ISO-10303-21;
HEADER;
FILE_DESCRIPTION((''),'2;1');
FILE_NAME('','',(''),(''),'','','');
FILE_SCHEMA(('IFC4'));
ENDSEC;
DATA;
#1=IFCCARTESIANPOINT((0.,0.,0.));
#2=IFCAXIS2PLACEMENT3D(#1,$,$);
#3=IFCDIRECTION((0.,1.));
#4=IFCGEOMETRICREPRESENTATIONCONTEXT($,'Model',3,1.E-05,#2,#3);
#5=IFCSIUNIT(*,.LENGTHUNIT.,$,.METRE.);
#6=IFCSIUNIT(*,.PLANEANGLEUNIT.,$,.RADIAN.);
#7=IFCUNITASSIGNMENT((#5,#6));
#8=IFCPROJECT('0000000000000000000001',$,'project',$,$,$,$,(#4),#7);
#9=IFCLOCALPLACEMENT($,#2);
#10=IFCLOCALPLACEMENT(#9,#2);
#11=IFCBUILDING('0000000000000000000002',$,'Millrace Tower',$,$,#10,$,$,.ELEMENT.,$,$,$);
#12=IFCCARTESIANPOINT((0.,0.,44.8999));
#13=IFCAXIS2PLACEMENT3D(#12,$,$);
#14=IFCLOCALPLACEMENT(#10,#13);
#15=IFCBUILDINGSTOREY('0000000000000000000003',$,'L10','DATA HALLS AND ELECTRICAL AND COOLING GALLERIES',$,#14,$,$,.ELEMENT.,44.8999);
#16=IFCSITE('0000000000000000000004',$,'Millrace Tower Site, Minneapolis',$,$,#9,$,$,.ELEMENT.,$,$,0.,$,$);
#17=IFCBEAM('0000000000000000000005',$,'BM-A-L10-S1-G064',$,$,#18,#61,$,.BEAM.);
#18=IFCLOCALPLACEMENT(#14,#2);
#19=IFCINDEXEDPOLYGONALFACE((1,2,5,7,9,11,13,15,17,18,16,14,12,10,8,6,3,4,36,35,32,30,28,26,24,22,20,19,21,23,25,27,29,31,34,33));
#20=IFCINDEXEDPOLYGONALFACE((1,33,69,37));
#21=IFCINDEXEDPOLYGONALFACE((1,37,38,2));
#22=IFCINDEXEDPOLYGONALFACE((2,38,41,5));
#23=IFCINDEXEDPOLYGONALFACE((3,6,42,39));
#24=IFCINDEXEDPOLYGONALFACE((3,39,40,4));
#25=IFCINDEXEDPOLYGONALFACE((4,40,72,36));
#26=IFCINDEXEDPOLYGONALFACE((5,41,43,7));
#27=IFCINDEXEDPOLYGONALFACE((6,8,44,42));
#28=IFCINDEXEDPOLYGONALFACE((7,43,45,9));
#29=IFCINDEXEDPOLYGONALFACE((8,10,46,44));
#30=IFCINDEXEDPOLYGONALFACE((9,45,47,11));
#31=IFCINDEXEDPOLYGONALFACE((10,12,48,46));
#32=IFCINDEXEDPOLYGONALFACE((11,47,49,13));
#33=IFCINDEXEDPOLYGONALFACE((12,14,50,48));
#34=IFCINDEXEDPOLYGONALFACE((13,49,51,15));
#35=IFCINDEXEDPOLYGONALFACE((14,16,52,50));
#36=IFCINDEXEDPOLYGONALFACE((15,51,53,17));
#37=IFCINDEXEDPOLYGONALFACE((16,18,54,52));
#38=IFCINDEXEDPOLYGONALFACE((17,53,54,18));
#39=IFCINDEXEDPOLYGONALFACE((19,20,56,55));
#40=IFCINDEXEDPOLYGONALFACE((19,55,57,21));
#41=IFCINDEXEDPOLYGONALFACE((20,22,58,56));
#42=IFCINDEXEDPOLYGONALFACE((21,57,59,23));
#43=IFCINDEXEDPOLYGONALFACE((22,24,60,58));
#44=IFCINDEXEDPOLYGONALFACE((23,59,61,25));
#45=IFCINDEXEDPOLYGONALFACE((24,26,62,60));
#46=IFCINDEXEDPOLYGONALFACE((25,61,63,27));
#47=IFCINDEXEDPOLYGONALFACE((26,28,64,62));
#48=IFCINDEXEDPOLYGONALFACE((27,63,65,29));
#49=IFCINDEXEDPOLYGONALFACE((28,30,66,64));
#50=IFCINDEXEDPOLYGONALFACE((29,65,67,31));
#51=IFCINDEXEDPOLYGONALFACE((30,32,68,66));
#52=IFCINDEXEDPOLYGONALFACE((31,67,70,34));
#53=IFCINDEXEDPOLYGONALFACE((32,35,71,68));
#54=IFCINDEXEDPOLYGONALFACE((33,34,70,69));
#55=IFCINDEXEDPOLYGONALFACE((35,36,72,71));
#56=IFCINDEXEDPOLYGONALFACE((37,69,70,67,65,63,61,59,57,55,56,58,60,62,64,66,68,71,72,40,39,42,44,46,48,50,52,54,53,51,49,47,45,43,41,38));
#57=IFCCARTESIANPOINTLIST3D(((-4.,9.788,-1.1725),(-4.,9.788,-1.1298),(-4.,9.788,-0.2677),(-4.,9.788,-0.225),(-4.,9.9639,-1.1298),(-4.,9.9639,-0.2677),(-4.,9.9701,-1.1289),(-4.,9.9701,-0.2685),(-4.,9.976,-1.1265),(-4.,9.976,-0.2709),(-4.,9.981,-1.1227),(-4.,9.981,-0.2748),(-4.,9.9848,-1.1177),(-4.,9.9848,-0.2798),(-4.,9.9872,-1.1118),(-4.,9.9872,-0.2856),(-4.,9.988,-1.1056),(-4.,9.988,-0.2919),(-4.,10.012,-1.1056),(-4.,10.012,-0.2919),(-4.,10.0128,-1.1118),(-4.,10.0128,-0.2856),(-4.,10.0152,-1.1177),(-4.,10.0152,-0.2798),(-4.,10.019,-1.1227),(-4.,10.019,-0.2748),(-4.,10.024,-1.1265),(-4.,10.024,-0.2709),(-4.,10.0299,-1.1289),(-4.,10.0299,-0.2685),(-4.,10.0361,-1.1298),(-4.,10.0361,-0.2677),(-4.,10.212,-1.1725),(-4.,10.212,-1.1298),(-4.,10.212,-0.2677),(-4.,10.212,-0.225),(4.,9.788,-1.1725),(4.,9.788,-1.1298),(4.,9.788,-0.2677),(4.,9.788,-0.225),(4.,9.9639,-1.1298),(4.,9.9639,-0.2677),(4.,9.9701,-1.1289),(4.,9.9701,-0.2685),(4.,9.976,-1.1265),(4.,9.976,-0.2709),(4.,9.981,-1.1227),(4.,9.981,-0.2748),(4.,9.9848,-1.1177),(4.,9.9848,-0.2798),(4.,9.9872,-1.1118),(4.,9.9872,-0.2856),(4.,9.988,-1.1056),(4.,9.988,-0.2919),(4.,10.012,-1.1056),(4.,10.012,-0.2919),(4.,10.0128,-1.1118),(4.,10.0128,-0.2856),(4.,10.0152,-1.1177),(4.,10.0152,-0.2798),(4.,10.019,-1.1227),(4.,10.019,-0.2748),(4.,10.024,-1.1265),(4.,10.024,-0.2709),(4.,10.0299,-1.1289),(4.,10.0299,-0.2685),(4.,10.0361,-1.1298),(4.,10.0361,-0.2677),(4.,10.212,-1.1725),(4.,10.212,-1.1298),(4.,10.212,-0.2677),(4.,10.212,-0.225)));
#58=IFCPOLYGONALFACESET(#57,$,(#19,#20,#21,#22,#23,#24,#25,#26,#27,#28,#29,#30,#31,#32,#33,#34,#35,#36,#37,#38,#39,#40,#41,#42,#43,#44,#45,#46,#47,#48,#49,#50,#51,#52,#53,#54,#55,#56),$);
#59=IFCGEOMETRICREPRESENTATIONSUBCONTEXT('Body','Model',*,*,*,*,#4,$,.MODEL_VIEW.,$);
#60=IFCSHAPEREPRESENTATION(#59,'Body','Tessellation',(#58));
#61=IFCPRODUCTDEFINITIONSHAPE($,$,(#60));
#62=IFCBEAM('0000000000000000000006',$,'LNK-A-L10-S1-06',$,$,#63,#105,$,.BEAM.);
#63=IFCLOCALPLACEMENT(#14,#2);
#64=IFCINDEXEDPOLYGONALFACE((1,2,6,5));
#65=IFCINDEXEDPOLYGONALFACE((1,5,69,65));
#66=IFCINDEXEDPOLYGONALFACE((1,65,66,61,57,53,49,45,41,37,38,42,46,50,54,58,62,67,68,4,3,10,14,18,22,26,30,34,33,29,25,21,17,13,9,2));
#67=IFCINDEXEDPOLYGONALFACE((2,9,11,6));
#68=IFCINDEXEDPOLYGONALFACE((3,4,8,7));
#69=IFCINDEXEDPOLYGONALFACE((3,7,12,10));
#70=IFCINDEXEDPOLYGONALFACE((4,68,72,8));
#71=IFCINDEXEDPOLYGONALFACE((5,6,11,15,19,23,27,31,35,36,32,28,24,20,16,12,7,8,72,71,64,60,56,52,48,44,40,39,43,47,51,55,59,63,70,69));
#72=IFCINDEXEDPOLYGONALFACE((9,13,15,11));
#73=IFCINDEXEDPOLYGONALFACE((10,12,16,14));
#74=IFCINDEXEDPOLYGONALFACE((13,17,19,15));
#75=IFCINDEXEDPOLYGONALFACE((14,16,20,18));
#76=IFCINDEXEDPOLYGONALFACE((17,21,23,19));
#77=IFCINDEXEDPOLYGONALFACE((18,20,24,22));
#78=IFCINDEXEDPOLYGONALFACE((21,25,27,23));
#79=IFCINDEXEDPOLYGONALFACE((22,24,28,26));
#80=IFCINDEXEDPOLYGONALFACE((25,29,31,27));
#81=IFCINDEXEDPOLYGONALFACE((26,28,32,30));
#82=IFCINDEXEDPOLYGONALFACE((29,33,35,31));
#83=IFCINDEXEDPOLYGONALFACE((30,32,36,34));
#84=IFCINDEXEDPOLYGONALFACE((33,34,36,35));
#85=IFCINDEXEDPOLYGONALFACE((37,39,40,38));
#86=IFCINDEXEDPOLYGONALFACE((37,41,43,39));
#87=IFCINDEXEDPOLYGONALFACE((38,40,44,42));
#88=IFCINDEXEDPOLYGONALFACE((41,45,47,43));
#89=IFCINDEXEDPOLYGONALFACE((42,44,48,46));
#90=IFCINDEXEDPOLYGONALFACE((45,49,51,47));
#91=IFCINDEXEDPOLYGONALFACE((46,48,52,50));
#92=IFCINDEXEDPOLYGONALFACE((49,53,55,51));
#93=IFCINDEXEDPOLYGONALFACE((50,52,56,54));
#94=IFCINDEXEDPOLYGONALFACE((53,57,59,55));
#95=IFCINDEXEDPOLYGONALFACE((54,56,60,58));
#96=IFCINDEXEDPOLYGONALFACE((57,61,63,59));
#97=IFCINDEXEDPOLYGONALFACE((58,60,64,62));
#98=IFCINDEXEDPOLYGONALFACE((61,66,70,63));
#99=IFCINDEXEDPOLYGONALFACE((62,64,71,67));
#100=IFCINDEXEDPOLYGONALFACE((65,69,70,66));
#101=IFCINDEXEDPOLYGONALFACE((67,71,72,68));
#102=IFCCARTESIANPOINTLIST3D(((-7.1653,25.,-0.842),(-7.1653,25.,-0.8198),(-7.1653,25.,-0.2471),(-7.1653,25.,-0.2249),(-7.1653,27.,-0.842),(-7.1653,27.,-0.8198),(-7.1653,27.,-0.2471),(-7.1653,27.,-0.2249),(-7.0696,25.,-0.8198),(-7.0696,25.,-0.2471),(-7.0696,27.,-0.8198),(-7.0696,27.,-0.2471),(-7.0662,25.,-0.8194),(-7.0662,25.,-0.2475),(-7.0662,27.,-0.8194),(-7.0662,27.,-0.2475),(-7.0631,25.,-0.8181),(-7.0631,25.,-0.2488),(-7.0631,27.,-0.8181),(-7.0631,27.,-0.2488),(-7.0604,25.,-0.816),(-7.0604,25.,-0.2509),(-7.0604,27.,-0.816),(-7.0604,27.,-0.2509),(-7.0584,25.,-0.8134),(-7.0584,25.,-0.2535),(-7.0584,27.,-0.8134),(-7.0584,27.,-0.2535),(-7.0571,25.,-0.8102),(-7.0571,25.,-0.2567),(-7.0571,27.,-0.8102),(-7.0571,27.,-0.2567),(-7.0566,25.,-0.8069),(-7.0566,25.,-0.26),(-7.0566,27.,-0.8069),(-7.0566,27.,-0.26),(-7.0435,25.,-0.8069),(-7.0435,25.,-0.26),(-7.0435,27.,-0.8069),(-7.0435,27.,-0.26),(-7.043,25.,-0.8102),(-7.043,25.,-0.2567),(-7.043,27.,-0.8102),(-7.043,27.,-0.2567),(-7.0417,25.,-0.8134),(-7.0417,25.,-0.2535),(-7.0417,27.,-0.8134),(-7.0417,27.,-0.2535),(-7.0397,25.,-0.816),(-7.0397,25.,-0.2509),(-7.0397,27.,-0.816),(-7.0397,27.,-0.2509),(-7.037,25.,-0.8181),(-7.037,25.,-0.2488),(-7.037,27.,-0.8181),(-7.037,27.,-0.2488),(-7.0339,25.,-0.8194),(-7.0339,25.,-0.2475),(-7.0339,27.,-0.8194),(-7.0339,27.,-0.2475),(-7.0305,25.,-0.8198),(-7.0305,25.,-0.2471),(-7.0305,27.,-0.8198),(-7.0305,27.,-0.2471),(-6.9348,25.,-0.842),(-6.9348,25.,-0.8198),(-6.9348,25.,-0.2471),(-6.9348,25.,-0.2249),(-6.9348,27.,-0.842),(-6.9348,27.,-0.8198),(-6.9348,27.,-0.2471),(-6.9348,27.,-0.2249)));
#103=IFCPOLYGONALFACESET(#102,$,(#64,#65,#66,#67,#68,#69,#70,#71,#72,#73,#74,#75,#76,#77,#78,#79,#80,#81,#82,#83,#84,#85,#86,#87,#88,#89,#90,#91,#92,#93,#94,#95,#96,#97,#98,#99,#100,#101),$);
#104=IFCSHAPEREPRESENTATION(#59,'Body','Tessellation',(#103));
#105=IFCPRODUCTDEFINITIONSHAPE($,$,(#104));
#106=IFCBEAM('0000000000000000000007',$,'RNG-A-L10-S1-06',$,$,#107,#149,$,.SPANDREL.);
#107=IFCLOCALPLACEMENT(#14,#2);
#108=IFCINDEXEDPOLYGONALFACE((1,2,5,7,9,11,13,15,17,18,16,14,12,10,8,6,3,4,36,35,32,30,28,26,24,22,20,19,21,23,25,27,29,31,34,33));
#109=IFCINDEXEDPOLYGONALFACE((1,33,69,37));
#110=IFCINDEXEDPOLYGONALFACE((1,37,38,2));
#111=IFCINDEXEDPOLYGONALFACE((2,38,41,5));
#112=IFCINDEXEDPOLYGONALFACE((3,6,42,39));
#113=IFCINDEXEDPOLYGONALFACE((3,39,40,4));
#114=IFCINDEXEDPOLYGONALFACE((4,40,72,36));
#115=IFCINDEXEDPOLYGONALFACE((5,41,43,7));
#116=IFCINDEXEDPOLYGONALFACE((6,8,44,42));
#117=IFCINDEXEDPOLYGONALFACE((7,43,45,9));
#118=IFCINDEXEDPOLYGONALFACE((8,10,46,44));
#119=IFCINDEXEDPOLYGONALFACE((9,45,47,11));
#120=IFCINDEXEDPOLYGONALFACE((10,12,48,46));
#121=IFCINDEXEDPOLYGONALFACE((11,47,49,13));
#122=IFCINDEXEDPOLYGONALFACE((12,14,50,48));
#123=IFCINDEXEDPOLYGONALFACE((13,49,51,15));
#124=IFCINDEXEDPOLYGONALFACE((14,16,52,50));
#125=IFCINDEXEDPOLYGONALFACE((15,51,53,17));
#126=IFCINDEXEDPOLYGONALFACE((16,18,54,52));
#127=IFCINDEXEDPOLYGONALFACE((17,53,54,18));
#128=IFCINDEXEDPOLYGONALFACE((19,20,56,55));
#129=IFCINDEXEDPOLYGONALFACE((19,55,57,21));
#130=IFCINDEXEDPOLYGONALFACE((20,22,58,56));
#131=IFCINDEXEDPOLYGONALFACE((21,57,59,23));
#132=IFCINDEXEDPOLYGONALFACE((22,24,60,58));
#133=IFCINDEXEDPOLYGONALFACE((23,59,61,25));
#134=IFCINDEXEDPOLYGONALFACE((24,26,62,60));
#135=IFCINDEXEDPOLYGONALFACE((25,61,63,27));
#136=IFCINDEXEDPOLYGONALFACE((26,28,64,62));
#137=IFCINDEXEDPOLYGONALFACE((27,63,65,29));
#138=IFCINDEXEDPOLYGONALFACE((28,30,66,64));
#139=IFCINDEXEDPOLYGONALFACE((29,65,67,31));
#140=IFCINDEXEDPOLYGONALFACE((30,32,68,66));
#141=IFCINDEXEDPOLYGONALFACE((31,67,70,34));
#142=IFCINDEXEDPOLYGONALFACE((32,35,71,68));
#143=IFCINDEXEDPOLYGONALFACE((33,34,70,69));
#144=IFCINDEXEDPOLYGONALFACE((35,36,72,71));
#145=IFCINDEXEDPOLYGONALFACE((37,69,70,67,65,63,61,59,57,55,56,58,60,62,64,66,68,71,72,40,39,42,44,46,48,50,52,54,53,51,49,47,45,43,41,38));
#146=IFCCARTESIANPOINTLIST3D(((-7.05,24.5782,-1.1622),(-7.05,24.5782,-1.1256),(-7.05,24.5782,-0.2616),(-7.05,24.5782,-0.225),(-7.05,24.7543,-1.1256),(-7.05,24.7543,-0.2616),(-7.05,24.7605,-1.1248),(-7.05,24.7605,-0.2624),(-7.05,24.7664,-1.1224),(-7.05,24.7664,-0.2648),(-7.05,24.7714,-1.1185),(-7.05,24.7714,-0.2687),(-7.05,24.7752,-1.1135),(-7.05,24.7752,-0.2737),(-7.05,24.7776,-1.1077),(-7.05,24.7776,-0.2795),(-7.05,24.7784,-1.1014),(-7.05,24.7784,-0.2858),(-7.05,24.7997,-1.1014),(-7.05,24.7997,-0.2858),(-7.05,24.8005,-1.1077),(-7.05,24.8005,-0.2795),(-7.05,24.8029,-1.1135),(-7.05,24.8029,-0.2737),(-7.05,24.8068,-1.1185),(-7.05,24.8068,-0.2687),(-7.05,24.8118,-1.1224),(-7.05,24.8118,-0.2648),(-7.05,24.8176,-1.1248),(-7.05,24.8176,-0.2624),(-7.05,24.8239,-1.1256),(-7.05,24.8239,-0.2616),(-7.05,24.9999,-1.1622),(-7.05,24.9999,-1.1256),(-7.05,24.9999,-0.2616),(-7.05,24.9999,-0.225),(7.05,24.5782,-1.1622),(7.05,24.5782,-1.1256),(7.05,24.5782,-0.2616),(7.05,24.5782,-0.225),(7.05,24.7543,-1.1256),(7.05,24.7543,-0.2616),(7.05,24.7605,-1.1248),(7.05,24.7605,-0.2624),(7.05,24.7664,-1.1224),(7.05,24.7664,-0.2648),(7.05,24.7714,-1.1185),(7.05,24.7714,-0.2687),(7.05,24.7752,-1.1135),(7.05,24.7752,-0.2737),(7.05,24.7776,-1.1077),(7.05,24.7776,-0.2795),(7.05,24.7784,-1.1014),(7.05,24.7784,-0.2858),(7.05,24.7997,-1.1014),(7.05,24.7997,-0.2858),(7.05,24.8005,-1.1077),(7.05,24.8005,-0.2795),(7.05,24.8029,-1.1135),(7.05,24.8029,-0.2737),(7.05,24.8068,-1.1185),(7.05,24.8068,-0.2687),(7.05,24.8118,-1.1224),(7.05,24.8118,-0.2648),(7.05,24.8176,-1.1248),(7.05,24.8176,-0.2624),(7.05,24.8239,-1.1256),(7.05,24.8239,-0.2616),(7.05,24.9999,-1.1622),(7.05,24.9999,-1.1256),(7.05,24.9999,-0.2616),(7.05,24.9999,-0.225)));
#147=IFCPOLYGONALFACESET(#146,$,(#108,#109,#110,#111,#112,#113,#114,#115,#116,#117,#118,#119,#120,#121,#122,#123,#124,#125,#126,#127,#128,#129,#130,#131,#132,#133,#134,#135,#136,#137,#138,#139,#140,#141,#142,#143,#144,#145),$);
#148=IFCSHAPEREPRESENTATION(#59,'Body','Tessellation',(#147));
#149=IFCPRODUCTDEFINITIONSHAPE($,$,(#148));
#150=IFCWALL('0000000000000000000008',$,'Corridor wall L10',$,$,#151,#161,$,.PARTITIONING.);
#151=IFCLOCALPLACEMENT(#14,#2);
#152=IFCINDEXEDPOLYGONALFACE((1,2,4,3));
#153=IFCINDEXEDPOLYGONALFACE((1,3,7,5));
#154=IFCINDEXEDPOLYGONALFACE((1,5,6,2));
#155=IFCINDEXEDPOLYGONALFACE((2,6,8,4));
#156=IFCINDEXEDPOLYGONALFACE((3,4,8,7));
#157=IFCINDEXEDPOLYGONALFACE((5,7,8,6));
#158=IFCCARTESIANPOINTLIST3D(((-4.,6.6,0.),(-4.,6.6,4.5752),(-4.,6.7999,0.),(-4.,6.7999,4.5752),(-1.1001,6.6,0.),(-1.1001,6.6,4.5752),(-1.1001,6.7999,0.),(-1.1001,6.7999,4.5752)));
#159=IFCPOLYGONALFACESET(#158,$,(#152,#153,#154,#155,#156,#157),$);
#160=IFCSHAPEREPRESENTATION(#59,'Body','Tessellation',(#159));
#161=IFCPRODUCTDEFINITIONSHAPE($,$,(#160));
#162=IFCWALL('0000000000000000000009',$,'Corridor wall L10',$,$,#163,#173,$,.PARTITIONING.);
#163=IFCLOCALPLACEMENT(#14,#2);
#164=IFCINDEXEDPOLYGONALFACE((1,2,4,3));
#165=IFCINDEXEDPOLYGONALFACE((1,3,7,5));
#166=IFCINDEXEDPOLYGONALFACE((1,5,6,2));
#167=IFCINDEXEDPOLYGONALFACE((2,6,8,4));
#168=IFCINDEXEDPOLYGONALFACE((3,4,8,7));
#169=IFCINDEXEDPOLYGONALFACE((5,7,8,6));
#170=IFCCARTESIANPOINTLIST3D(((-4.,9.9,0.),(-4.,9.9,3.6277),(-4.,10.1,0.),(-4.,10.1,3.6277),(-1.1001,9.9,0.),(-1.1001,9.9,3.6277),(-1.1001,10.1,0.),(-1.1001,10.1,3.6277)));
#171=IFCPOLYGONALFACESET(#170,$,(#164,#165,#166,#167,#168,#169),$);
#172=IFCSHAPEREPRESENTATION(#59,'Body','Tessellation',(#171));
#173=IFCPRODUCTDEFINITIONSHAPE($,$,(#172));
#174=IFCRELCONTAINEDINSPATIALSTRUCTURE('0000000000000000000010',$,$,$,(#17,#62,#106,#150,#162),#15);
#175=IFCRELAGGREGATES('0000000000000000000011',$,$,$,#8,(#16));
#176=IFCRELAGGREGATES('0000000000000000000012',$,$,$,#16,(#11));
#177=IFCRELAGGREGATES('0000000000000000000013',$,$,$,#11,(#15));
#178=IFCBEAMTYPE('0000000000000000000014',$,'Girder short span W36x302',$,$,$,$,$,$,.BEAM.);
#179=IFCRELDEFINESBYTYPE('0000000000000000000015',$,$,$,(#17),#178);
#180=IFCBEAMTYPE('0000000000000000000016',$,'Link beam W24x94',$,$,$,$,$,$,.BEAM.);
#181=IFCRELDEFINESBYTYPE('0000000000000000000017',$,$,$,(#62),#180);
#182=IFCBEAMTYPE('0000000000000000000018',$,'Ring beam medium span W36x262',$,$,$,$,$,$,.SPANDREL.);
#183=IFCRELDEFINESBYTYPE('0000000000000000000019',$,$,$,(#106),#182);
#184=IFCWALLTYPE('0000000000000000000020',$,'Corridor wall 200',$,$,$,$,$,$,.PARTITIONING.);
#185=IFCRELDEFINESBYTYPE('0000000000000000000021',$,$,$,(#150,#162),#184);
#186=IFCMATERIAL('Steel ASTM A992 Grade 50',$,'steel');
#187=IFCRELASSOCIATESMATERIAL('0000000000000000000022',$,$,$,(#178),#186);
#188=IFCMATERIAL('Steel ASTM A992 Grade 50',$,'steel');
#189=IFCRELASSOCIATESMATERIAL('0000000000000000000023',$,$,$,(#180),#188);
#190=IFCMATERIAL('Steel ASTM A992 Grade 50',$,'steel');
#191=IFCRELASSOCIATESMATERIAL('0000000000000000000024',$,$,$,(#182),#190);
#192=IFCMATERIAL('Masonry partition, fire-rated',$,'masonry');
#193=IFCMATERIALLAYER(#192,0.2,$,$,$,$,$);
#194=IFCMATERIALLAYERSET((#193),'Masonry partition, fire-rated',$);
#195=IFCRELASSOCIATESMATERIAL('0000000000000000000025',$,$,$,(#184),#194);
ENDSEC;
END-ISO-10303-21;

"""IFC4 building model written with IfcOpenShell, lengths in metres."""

from ifc_helpers import new_model, si_unit, direction, frame, frame_2d, origin, origin_2d, place, context, subcontext, project, spatial, rectangle, i_section, extrude, material, layer, layer_set, material_profile, profile_set, type_object, element, save


model = new_model("IFC4")

# Units and contexts
model_context = context("Model", 3, precision=1e-05, world=origin(), true_north=direction((0.0, 1.0)))
body_context = subcontext(model_context, "Body", "Model", "MODEL_VIEW")
ifc_project = project(units=[si_unit("LENGTHUNIT", "METRE"), si_unit("PLANEANGLEUNIT", "RADIAN")], contexts=[model_context])

# Site, building, storey
site_placement = place(None, origin())
site = spatial("IfcSite", under=ifc_project, at=site_placement, Name="Millrace Tower Site, Minneapolis", CompositionType="ELEMENT", RefElevation=0.0)
building_placement = place(site_placement, origin())
building = spatial("IfcBuilding", under=site, at=building_placement, Name="Millrace Tower", CompositionType="ELEMENT")
storey_placement = place(building_placement, frame((0.0, 0.0, 44.8999)))
storey = spatial("IfcBuildingStorey", under=building, at=storey_placement, Name="L10", Description="DATA HALLS AND ELECTRICAL AND COOLING GALLERIES", CompositionType="ELEMENT", Elevation=44.8999)

# Beams
ifc_material_1 = material(Name="Steel ASTM A992 Grade 50", Category="steel")
ifc_material_profile_1 = material_profile(ifc_material_1, i_section(OverallWidth=0.4241, OverallDepth=0.9475, WebThickness=0.0239, FlangeThickness=0.0427, FilletRadius=0.0242, at=origin_2d()))
ifc_profile_set_1 = profile_set([ifc_material_profile_1], Name="Steel ASTM A992 Grade 50")
beam_type_1 = type_object("IfcBeamType", Name="Girder short span W36x302", PredefinedType="BEAM", material=ifc_profile_set_1)
beam_1_placement = place(storey_placement, frame((-4.0, 10.0, -0.6987), z_axis=(1.0, 0.0, 0.0), x_axis=(0.0, 1.0, 0.0)))
element("IfcBeam", 1, at=beam_1_placement, inside=storey, type_object=beam_type_1, Name="BM-A-L10-S1-G064", PredefinedType="BEAM", context=body_context, shape_type="SweptSolid", body=[
    extrude(i_section(OverallWidth=0.4241, OverallDepth=0.9475, WebThickness=0.0239, FlangeThickness=0.0427, FilletRadius=0.0242, at=origin_2d()), origin(), (0.0, 0.0, 1.0), 8.0),
])
ifc_material_2 = material(Name="Steel ASTM A992 Grade 50", Category="steel")
ifc_material_profile_2 = material_profile(ifc_material_2, i_section(OverallWidth=0.2305, OverallDepth=0.6172, WebThickness=0.0132, FlangeThickness=0.0222, FilletRadius=0.0129, at=origin_2d()))
ifc_profile_set_2 = profile_set([ifc_material_profile_2], Name="Steel ASTM A992 Grade 50")
beam_type_2 = type_object("IfcBeamType", Name="Link beam W24x94", PredefinedType="BEAM", material=ifc_profile_set_2)
beam_2_placement = place(storey_placement, frame((-7.05, 25.0, -0.5334), z_axis=(0.0, 1.0, 0.0), x_axis=(-1.0, 0.0, 0.0)))
element("IfcBeam", 2, at=beam_2_placement, inside=storey, type_object=beam_type_2, Name="LNK-A-L10-S1-06", PredefinedType="BEAM", context=body_context, shape_type="SweptSolid", body=[
    extrude(i_section(OverallWidth=0.2305, OverallDepth=0.6172, WebThickness=0.0132, FlangeThickness=0.0222, FilletRadius=0.0129, at=origin_2d()), origin(), (0.0, 0.0, 1.0), 2.0),
])
ifc_material_3 = material(Name="Steel ASTM A992 Grade 50", Category="steel")
ifc_material_profile_3 = material_profile(ifc_material_3, i_section(OverallWidth=0.4216, OverallDepth=0.9373, WebThickness=0.0212, FlangeThickness=0.0366, FilletRadius=0.0242, at=origin_2d()))
ifc_profile_set_3 = profile_set([ifc_material_profile_3], Name="Steel ASTM A992 Grade 50")
beam_type_3 = type_object("IfcBeamType", Name="Ring beam medium span W36x262", PredefinedType="SPANDREL", material=ifc_profile_set_3)
beam_3_placement = place(storey_placement, frame((-7.05, 24.7891, -0.6936), z_axis=(1.0, 0.0, 0.0), x_axis=(0.0, 1.0, 0.0)))
element("IfcBeam", 3, at=beam_3_placement, inside=storey, type_object=beam_type_3, Name="RNG-A-L10-S1-06", PredefinedType="SPANDREL", context=body_context, shape_type="SweptSolid", body=[
    extrude(i_section(OverallWidth=0.4216, OverallDepth=0.9373, WebThickness=0.0212, FlangeThickness=0.0366, FilletRadius=0.0242, at=origin_2d()), origin(), (0.0, 0.0, 1.0), 14.1001),
])

# Walls
ifc_material_4 = material(Name="Masonry partition, fire-rated", Category="masonry")
ifc_layer_1 = layer(ifc_material_4, 0.2)
ifc_layer_set_1 = layer_set([ifc_layer_1], Name="Masonry partition, fire-rated")
wall_type = type_object("IfcWallType", Name="Corridor wall 200", PredefinedType="PARTITIONING", material=ifc_layer_set_1)
wall_1_placement = place(storey_placement, frame((-4.0, 6.7, 0.0), z_axis=(0.0, 0.0, 1.0), x_axis=(1.0, 0.0, 0.0)))
element("IfcWall", 4, at=wall_1_placement, inside=storey, type_object=wall_type, Name="Corridor wall L10", PredefinedType="PARTITIONING", context=body_context, shape_type="SweptSolid", body=[
    extrude(rectangle(XDim=2.8999, YDim=0.2, at=frame_2d((1.45, 0.0))), origin(), (0.0, 0.0, 1.0), 4.5752),
])
wall_2_placement = place(storey_placement, frame((-4.0, 10.0, 0.0), z_axis=(0.0, 0.0, 1.0), x_axis=(1.0, 0.0, 0.0)))
element("IfcWall", 5, at=wall_2_placement, inside=storey, type_object=wall_type, Name="Corridor wall L10", PredefinedType="PARTITIONING", context=body_context, shape_type="SweptSolid", body=[
    extrude(rectangle(XDim=2.8999, YDim=0.2, at=frame_2d((1.45, 0.0))), origin(), (0.0, 0.0, 1.0), 3.6277),
])

save(model, "model.ifc")
